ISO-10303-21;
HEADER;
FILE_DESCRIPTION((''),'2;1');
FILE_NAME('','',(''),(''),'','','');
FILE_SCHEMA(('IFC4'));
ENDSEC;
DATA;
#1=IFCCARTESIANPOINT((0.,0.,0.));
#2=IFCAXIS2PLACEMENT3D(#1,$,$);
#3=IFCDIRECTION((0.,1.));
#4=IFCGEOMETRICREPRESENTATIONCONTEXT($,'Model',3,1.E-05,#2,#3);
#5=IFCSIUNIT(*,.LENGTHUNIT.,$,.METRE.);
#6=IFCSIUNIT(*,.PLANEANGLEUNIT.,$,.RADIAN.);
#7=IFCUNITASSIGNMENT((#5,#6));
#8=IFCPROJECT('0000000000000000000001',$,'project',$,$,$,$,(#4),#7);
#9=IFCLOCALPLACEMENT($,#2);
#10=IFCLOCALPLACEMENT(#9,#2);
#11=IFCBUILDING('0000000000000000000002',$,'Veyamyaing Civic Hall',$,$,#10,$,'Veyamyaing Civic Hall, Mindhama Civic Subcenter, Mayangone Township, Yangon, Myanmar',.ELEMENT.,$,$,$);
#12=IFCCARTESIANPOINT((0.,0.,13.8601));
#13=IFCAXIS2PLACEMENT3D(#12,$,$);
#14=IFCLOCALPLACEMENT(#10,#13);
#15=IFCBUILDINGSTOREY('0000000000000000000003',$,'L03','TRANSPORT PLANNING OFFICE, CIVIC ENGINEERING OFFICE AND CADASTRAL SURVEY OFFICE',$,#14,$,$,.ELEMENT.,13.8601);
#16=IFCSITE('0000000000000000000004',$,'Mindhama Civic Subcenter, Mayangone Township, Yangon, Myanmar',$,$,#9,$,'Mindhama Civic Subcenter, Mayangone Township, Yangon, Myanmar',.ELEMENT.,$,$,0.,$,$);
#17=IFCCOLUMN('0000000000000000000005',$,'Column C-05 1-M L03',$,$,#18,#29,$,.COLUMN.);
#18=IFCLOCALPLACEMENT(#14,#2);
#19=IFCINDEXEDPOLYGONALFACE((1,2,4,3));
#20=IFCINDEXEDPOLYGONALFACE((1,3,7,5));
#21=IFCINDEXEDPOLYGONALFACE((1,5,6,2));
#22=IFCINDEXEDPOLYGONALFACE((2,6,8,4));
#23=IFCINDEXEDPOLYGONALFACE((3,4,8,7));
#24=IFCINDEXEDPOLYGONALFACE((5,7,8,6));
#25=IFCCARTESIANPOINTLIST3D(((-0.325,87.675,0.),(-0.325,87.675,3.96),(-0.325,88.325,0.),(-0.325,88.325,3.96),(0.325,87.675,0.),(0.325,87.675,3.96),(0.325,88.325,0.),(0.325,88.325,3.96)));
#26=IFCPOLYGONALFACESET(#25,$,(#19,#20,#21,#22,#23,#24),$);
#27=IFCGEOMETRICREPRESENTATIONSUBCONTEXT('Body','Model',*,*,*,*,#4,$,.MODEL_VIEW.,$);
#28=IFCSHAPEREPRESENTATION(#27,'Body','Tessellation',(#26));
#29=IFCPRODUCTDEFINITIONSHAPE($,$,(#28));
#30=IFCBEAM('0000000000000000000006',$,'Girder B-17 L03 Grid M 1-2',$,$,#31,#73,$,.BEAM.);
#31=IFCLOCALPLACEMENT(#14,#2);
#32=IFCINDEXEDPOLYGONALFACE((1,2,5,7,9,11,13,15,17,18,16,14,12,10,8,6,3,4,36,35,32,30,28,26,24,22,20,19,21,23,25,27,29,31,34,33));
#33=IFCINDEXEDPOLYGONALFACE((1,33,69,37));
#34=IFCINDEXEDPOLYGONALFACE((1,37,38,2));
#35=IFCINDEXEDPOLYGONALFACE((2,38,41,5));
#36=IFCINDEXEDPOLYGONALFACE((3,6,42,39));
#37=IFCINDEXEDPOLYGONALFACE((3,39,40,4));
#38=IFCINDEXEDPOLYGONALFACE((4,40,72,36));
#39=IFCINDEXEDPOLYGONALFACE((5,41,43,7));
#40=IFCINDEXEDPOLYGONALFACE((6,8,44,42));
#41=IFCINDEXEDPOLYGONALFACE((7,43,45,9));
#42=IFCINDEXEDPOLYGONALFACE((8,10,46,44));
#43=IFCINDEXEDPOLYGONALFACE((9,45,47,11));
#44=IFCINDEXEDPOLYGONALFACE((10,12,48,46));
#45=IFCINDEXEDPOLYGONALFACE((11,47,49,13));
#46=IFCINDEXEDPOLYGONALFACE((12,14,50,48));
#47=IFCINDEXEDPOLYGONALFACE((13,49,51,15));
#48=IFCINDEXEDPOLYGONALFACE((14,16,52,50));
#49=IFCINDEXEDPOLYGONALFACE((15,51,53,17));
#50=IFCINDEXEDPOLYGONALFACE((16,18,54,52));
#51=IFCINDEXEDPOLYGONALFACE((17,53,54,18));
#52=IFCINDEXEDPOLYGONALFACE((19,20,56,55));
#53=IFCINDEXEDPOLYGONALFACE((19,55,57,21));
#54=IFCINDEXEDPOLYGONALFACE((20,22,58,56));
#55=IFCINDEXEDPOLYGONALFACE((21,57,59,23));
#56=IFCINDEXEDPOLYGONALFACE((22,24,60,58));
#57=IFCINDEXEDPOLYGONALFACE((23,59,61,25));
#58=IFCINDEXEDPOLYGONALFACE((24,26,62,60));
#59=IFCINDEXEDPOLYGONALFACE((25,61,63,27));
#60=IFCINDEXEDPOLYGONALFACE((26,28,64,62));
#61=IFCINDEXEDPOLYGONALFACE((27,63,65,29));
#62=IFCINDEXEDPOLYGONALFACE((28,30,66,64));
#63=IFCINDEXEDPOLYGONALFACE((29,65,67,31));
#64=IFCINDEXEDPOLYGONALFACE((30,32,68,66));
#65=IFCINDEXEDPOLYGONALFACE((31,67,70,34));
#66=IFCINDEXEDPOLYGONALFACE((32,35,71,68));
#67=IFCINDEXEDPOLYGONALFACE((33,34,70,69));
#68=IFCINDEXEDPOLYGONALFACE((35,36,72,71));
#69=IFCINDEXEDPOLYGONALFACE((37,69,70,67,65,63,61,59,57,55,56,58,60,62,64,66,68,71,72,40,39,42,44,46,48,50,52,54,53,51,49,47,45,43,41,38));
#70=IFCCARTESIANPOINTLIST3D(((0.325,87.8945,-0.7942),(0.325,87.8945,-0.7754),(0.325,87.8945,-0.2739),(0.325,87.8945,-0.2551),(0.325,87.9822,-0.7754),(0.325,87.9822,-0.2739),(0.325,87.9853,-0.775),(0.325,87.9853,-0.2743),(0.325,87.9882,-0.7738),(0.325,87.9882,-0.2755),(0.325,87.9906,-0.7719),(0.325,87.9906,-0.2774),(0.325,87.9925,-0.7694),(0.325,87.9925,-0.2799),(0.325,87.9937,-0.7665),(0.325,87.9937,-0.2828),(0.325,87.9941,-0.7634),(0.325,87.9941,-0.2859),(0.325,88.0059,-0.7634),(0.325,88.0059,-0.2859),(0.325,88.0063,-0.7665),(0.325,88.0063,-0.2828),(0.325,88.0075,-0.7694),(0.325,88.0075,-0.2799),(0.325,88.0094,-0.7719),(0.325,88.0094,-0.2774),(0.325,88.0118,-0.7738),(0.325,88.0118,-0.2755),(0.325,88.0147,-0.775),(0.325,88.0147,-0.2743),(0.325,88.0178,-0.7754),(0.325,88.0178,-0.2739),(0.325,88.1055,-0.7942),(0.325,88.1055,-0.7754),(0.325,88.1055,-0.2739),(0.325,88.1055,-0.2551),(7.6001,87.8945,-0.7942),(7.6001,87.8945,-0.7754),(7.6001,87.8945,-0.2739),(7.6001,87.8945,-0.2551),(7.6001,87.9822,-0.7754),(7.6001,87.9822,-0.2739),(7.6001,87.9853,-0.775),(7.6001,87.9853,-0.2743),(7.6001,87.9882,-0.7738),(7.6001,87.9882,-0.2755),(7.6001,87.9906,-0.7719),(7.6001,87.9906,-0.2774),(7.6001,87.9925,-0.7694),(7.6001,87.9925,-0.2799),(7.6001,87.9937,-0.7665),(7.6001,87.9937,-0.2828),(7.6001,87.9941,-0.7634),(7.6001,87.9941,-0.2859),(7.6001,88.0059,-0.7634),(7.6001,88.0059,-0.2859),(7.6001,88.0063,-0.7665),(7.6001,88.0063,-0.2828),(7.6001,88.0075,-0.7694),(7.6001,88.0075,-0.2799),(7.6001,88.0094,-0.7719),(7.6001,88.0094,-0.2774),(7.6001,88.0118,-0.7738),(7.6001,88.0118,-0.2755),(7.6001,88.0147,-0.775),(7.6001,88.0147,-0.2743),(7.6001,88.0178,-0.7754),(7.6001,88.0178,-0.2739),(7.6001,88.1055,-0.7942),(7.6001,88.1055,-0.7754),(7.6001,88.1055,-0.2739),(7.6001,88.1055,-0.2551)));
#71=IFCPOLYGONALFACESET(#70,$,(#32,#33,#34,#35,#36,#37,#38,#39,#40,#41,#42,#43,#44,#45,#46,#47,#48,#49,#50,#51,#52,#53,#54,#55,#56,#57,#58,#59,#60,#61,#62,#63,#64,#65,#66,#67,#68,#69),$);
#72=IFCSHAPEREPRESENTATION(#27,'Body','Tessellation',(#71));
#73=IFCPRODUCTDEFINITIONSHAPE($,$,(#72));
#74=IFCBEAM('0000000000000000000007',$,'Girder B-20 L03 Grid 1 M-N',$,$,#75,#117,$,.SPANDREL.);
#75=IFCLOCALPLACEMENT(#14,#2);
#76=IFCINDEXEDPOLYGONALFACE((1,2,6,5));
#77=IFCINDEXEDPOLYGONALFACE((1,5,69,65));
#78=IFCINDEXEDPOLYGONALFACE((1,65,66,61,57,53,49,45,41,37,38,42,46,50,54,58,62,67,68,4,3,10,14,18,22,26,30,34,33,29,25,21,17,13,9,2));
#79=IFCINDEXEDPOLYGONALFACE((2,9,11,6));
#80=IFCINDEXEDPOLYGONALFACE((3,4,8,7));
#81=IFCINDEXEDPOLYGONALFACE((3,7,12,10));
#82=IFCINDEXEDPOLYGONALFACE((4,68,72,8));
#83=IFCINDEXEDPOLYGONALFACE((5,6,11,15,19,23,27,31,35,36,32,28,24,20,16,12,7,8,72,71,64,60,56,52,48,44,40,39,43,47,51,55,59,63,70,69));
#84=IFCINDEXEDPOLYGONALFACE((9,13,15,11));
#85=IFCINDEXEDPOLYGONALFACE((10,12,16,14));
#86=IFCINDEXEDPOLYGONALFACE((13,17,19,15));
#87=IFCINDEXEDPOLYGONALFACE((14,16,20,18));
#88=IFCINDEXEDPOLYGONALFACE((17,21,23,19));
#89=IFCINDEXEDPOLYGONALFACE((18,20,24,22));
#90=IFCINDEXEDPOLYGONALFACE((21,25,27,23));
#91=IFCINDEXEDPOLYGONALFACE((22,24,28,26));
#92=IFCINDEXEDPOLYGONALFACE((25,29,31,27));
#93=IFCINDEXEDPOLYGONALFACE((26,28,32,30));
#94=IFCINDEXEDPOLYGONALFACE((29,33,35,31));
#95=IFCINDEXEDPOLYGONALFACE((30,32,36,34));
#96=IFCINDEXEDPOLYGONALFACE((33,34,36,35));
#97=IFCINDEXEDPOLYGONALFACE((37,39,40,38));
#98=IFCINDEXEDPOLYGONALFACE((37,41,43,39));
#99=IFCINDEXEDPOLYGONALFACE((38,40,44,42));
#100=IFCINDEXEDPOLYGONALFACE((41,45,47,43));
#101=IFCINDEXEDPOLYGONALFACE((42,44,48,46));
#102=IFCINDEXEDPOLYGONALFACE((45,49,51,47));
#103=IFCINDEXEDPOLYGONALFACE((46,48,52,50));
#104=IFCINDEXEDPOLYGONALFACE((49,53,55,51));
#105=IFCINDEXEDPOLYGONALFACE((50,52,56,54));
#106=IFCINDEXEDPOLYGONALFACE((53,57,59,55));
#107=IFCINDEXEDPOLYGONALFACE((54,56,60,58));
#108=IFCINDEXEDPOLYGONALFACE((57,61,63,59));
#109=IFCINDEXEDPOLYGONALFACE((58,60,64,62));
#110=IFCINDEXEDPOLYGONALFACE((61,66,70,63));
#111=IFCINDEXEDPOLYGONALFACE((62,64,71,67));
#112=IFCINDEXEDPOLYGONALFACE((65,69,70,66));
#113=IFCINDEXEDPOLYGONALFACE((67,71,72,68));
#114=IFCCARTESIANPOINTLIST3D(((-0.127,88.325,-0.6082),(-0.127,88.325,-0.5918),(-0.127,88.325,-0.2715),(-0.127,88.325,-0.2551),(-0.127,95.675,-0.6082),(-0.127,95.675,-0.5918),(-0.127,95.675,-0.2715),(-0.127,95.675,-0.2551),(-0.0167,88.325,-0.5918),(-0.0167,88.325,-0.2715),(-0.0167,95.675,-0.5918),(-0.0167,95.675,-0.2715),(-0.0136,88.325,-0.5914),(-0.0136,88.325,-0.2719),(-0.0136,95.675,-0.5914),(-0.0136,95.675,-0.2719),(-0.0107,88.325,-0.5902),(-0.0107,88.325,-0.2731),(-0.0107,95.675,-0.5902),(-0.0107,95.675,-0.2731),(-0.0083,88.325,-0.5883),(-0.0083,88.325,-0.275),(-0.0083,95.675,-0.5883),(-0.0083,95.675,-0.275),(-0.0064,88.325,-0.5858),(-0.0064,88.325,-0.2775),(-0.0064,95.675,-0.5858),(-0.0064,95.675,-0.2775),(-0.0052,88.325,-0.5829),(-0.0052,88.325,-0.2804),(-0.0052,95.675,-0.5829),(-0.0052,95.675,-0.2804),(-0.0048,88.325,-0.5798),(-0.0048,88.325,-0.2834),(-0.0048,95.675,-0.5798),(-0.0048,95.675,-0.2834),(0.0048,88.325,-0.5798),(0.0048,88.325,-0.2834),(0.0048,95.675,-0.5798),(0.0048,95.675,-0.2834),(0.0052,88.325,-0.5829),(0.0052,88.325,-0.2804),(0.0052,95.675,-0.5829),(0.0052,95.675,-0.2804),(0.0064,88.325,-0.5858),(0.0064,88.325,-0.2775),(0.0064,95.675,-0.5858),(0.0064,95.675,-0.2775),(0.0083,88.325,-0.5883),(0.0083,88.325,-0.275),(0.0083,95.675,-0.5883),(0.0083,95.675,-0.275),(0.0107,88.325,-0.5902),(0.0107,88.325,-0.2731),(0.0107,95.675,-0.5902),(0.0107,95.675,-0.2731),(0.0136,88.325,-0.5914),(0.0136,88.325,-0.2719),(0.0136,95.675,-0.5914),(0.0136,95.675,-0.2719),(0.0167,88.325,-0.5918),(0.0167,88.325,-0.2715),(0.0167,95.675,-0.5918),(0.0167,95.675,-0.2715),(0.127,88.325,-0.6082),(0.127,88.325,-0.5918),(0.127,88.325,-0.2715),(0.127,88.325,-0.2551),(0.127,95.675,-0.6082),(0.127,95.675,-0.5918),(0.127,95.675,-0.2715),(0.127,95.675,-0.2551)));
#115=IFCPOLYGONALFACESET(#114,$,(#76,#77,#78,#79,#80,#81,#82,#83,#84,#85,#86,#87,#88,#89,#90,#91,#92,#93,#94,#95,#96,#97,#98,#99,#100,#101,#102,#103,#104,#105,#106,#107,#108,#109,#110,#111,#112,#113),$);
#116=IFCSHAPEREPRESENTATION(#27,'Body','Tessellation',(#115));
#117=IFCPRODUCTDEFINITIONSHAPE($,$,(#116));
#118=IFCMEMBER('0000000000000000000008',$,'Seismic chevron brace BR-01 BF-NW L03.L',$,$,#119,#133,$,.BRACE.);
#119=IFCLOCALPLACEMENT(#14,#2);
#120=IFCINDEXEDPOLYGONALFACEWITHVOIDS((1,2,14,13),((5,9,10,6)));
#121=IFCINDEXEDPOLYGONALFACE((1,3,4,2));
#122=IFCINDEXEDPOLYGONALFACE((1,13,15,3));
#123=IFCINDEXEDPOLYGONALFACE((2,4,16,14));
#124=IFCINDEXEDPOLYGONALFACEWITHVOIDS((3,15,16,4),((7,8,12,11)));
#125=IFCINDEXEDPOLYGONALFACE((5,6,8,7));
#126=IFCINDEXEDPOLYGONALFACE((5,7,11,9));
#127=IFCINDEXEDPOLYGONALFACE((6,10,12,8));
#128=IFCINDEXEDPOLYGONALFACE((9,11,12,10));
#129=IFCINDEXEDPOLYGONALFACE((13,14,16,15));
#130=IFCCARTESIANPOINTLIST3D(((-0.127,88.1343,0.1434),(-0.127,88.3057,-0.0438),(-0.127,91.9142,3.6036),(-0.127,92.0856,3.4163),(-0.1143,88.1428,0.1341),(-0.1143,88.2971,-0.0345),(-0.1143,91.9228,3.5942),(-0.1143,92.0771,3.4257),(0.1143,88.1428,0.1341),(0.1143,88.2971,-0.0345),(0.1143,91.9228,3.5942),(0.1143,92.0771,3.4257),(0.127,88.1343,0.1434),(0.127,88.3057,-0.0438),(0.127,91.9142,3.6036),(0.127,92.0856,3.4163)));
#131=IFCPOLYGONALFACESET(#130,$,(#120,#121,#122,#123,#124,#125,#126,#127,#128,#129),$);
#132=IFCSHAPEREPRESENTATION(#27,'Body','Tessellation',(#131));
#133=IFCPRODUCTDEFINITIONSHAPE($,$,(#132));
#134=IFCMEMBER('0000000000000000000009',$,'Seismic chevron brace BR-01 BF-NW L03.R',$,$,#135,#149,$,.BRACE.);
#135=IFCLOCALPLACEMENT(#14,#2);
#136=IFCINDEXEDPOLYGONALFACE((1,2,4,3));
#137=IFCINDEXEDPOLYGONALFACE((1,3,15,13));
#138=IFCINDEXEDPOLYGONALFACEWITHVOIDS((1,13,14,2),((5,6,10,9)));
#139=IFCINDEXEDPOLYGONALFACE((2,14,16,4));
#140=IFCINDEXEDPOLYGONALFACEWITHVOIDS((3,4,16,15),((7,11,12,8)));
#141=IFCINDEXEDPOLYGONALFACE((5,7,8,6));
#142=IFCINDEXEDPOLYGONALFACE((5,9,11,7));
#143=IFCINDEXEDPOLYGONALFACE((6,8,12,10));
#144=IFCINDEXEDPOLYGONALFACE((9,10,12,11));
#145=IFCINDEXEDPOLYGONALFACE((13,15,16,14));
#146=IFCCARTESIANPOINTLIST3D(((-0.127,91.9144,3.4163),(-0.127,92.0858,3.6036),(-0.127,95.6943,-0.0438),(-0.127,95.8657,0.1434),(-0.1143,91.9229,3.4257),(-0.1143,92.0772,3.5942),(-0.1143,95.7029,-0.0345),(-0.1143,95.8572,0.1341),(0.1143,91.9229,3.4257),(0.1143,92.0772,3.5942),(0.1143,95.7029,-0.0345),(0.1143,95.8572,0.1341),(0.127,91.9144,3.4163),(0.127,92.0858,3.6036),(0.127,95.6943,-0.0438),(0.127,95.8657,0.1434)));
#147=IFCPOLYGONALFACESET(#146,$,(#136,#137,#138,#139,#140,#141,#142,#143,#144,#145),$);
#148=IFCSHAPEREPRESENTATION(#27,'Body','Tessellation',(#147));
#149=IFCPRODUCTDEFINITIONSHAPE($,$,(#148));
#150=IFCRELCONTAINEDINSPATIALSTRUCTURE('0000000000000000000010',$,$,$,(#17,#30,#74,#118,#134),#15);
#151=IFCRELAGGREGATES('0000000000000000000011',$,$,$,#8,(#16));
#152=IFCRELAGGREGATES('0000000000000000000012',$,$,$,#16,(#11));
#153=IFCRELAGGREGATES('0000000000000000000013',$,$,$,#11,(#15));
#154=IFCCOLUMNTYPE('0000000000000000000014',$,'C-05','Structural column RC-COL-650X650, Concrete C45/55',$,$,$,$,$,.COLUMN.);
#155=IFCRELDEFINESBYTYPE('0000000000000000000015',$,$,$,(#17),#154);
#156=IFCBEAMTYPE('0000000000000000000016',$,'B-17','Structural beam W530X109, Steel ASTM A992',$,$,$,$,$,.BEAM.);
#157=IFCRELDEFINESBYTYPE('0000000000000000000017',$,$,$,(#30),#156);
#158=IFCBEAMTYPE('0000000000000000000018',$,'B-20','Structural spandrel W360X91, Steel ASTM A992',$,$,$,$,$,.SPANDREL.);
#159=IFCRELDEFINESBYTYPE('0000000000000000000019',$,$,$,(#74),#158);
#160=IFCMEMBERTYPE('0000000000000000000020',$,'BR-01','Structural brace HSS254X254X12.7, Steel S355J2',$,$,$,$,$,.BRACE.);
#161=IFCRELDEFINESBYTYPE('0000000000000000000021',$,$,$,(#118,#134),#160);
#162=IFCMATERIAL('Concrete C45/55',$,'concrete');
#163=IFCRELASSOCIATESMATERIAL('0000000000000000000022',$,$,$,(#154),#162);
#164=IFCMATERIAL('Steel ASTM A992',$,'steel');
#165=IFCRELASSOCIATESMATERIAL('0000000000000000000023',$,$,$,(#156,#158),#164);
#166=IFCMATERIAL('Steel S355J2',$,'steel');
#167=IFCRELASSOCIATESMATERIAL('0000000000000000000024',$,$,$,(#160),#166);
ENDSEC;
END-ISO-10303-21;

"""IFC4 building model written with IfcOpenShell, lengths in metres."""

from ifc_helpers import new_model, si_unit, direction, frame, origin, origin_2d, place, context, subcontext, project, spatial, rectangle, hollow_rectangle, i_section, extrude, material, material_profile, profile_set, type_object, element, save


model = new_model("IFC4")

# Units and contexts
model_context = context("Model", 3, precision=1e-05, world=origin(), true_north=direction((0.0, 1.0)))
body_context = subcontext(model_context, "Body", "Model", "MODEL_VIEW")
ifc_project = project(units=[si_unit("LENGTHUNIT", "METRE"), si_unit("PLANEANGLEUNIT", "RADIAN")], contexts=[model_context])

# Site, building, storey
site_placement = place(None, origin())
site = spatial("IfcSite", under=ifc_project, at=site_placement, Name="Mindhama Civic Subcenter, Mayangone Township, Yangon, Myanmar", LongName="Mindhama Civic Subcenter, Mayangone Township, Yangon, Myanmar", CompositionType="ELEMENT", RefElevation=0.0)
building_placement = place(site_placement, origin())
building = spatial("IfcBuilding", under=site, at=building_placement, Name="Veyamyaing Civic Hall", LongName="Veyamyaing Civic Hall, Mindhama Civic Subcenter, Mayangone Township, Yangon, Myanmar", CompositionType="ELEMENT")
storey_placement = place(building_placement, frame((0.0, 0.0, 13.8601)))
storey = spatial("IfcBuildingStorey", under=building, at=storey_placement, Name="L03", Description="TRANSPORT PLANNING OFFICE, CIVIC ENGINEERING OFFICE AND CADASTRAL SURVEY OFFICE", CompositionType="ELEMENT", Elevation=13.8601)

# Column
ifc_material_1 = material(Name="Concrete C45/55", Category="concrete")
ifc_material_profile_1 = material_profile(ifc_material_1, rectangle(XDim=0.6499, YDim=0.6499, at=origin_2d()), Name="RC-COL-650X650")
ifc_profile_set_1 = profile_set([ifc_material_profile_1], Name="Concrete C45/55")
column_type = type_object("IfcColumnType", Name="C-05", Description="Structural column RC-COL-650X650, Concrete C45/55", PredefinedType="COLUMN", material=ifc_profile_set_1)
column_placement = place(storey_placement, frame((0.0, 88.0, 0.0), z_axis=(0.0, 0.0, 1.0), x_axis=(1.0, 0.0, 0.0)))
element("IfcColumn", 1, at=column_placement, inside=storey, type_object=column_type, Name="Column C-05 1-M L03", PredefinedType="COLUMN", context=body_context, shape_type="SweptSolid", body=[
    extrude(rectangle(XDim=0.6499, YDim=0.6499, at=origin_2d()), origin(), (0.0, 0.0, 1.0), 3.96),
])

# Beams
ifc_material_2 = material(Name="Steel ASTM A992", Category="steel")
ifc_material_profile_2 = material_profile(ifc_material_2, i_section(OverallWidth=0.2109, OverallDepth=0.5391, WebThickness=0.0117, FlangeThickness=0.0188, FilletRadius=0.012, at=origin_2d()), Name="W530X109")
ifc_profile_set_2 = profile_set([ifc_material_profile_2], Name="Steel ASTM A992")
beam_type_1 = type_object("IfcBeamType", Name="B-17", Description="Structural beam W530X109, Steel ASTM A992", PredefinedType="BEAM", material=ifc_profile_set_2)
beam_1_placement = place(storey_placement, frame((0.325, 88.0, -0.5247), z_axis=(1.0, 0.0, 0.0), x_axis=(0.0, 1.0, 0.0)))
element("IfcBeam", 2, at=beam_1_placement, inside=storey, type_object=beam_type_1, Name="Girder B-17 L03 Grid M 1-2", PredefinedType="BEAM", context=body_context, shape_type="SweptSolid", body=[
    extrude(i_section(OverallWidth=0.2109, OverallDepth=0.5391, WebThickness=0.0117, FlangeThickness=0.0188, FilletRadius=0.012, at=origin_2d()), origin(), (0.0, 0.0, 1.0), 7.2751),
])
ifc_material_profile_3 = material_profile(ifc_material_2, i_section(OverallWidth=0.2539, OverallDepth=0.353, WebThickness=0.0095, FlangeThickness=0.0164, FilletRadius=0.012, at=origin_2d()), Name="W360X91")
ifc_profile_set_3 = profile_set([ifc_material_profile_3], Name="Steel ASTM A992")
beam_type_2 = type_object("IfcBeamType", Name="B-20", Description="Structural spandrel W360X91, Steel ASTM A992", PredefinedType="SPANDREL", material=ifc_profile_set_3)
beam_2_placement = place(storey_placement, frame((0.0, 88.325, -0.4316), z_axis=(0.0, 1.0, 0.0), x_axis=(-1.0, 0.0, 0.0)))
element("IfcBeam", 3, at=beam_2_placement, inside=storey, type_object=beam_type_2, Name="Girder B-20 L03 Grid 1 M-N", PredefinedType="SPANDREL", context=body_context, shape_type="SweptSolid", body=[
    extrude(i_section(OverallWidth=0.2539, OverallDepth=0.353, WebThickness=0.0095, FlangeThickness=0.0164, FilletRadius=0.012, at=origin_2d()), origin(), (0.0, 0.0, 1.0), 7.3501),
])

# Members
ifc_material_3 = material(Name="Steel S355J2", Category="steel")
ifc_material_profile_4 = material_profile(ifc_material_3, hollow_rectangle(XDim=0.2539, YDim=0.2539, WallThickness=0.0127, at=origin_2d()), Name="HSS254X254X12.7")
ifc_profile_set_4 = profile_set([ifc_material_profile_4], Name="Steel S355J2")
member_type = type_object("IfcMemberType", Name="BR-01", Description="Structural brace HSS254X254X12.7, Steel S355J2", PredefinedType="BRACE", material=ifc_profile_set_4)
for number, where, z_axis, x_axis, name in (
    (4, (0.0, 88.22, 0.0498), (0.0, 0.737623, 0.675213), (-1.0, 0.0, 0.0), "Seismic chevron brace BR-01 BF-NW L03.L"),
    (5, (0.0, 95.78, 0.0498), (0.0, -0.737623, 0.675213), (1.0, 0.0, 0.0), "Seismic chevron brace BR-01 BF-NW L03.R"),
):
    element("IfcMember", number, at=place(storey_placement, frame(where, z_axis=z_axis, x_axis=x_axis)), inside=storey, type_object=member_type, Name=name, PredefinedType="BRACE", context=body_context, shape_type="SweptSolid", body=[
        extrude(hollow_rectangle(XDim=0.2539, YDim=0.2539, WallThickness=0.0127, at=origin_2d()), origin(), (0.0, 0.0, 1.0), 5.1245),
    ])

save(model, "model.ifc")
